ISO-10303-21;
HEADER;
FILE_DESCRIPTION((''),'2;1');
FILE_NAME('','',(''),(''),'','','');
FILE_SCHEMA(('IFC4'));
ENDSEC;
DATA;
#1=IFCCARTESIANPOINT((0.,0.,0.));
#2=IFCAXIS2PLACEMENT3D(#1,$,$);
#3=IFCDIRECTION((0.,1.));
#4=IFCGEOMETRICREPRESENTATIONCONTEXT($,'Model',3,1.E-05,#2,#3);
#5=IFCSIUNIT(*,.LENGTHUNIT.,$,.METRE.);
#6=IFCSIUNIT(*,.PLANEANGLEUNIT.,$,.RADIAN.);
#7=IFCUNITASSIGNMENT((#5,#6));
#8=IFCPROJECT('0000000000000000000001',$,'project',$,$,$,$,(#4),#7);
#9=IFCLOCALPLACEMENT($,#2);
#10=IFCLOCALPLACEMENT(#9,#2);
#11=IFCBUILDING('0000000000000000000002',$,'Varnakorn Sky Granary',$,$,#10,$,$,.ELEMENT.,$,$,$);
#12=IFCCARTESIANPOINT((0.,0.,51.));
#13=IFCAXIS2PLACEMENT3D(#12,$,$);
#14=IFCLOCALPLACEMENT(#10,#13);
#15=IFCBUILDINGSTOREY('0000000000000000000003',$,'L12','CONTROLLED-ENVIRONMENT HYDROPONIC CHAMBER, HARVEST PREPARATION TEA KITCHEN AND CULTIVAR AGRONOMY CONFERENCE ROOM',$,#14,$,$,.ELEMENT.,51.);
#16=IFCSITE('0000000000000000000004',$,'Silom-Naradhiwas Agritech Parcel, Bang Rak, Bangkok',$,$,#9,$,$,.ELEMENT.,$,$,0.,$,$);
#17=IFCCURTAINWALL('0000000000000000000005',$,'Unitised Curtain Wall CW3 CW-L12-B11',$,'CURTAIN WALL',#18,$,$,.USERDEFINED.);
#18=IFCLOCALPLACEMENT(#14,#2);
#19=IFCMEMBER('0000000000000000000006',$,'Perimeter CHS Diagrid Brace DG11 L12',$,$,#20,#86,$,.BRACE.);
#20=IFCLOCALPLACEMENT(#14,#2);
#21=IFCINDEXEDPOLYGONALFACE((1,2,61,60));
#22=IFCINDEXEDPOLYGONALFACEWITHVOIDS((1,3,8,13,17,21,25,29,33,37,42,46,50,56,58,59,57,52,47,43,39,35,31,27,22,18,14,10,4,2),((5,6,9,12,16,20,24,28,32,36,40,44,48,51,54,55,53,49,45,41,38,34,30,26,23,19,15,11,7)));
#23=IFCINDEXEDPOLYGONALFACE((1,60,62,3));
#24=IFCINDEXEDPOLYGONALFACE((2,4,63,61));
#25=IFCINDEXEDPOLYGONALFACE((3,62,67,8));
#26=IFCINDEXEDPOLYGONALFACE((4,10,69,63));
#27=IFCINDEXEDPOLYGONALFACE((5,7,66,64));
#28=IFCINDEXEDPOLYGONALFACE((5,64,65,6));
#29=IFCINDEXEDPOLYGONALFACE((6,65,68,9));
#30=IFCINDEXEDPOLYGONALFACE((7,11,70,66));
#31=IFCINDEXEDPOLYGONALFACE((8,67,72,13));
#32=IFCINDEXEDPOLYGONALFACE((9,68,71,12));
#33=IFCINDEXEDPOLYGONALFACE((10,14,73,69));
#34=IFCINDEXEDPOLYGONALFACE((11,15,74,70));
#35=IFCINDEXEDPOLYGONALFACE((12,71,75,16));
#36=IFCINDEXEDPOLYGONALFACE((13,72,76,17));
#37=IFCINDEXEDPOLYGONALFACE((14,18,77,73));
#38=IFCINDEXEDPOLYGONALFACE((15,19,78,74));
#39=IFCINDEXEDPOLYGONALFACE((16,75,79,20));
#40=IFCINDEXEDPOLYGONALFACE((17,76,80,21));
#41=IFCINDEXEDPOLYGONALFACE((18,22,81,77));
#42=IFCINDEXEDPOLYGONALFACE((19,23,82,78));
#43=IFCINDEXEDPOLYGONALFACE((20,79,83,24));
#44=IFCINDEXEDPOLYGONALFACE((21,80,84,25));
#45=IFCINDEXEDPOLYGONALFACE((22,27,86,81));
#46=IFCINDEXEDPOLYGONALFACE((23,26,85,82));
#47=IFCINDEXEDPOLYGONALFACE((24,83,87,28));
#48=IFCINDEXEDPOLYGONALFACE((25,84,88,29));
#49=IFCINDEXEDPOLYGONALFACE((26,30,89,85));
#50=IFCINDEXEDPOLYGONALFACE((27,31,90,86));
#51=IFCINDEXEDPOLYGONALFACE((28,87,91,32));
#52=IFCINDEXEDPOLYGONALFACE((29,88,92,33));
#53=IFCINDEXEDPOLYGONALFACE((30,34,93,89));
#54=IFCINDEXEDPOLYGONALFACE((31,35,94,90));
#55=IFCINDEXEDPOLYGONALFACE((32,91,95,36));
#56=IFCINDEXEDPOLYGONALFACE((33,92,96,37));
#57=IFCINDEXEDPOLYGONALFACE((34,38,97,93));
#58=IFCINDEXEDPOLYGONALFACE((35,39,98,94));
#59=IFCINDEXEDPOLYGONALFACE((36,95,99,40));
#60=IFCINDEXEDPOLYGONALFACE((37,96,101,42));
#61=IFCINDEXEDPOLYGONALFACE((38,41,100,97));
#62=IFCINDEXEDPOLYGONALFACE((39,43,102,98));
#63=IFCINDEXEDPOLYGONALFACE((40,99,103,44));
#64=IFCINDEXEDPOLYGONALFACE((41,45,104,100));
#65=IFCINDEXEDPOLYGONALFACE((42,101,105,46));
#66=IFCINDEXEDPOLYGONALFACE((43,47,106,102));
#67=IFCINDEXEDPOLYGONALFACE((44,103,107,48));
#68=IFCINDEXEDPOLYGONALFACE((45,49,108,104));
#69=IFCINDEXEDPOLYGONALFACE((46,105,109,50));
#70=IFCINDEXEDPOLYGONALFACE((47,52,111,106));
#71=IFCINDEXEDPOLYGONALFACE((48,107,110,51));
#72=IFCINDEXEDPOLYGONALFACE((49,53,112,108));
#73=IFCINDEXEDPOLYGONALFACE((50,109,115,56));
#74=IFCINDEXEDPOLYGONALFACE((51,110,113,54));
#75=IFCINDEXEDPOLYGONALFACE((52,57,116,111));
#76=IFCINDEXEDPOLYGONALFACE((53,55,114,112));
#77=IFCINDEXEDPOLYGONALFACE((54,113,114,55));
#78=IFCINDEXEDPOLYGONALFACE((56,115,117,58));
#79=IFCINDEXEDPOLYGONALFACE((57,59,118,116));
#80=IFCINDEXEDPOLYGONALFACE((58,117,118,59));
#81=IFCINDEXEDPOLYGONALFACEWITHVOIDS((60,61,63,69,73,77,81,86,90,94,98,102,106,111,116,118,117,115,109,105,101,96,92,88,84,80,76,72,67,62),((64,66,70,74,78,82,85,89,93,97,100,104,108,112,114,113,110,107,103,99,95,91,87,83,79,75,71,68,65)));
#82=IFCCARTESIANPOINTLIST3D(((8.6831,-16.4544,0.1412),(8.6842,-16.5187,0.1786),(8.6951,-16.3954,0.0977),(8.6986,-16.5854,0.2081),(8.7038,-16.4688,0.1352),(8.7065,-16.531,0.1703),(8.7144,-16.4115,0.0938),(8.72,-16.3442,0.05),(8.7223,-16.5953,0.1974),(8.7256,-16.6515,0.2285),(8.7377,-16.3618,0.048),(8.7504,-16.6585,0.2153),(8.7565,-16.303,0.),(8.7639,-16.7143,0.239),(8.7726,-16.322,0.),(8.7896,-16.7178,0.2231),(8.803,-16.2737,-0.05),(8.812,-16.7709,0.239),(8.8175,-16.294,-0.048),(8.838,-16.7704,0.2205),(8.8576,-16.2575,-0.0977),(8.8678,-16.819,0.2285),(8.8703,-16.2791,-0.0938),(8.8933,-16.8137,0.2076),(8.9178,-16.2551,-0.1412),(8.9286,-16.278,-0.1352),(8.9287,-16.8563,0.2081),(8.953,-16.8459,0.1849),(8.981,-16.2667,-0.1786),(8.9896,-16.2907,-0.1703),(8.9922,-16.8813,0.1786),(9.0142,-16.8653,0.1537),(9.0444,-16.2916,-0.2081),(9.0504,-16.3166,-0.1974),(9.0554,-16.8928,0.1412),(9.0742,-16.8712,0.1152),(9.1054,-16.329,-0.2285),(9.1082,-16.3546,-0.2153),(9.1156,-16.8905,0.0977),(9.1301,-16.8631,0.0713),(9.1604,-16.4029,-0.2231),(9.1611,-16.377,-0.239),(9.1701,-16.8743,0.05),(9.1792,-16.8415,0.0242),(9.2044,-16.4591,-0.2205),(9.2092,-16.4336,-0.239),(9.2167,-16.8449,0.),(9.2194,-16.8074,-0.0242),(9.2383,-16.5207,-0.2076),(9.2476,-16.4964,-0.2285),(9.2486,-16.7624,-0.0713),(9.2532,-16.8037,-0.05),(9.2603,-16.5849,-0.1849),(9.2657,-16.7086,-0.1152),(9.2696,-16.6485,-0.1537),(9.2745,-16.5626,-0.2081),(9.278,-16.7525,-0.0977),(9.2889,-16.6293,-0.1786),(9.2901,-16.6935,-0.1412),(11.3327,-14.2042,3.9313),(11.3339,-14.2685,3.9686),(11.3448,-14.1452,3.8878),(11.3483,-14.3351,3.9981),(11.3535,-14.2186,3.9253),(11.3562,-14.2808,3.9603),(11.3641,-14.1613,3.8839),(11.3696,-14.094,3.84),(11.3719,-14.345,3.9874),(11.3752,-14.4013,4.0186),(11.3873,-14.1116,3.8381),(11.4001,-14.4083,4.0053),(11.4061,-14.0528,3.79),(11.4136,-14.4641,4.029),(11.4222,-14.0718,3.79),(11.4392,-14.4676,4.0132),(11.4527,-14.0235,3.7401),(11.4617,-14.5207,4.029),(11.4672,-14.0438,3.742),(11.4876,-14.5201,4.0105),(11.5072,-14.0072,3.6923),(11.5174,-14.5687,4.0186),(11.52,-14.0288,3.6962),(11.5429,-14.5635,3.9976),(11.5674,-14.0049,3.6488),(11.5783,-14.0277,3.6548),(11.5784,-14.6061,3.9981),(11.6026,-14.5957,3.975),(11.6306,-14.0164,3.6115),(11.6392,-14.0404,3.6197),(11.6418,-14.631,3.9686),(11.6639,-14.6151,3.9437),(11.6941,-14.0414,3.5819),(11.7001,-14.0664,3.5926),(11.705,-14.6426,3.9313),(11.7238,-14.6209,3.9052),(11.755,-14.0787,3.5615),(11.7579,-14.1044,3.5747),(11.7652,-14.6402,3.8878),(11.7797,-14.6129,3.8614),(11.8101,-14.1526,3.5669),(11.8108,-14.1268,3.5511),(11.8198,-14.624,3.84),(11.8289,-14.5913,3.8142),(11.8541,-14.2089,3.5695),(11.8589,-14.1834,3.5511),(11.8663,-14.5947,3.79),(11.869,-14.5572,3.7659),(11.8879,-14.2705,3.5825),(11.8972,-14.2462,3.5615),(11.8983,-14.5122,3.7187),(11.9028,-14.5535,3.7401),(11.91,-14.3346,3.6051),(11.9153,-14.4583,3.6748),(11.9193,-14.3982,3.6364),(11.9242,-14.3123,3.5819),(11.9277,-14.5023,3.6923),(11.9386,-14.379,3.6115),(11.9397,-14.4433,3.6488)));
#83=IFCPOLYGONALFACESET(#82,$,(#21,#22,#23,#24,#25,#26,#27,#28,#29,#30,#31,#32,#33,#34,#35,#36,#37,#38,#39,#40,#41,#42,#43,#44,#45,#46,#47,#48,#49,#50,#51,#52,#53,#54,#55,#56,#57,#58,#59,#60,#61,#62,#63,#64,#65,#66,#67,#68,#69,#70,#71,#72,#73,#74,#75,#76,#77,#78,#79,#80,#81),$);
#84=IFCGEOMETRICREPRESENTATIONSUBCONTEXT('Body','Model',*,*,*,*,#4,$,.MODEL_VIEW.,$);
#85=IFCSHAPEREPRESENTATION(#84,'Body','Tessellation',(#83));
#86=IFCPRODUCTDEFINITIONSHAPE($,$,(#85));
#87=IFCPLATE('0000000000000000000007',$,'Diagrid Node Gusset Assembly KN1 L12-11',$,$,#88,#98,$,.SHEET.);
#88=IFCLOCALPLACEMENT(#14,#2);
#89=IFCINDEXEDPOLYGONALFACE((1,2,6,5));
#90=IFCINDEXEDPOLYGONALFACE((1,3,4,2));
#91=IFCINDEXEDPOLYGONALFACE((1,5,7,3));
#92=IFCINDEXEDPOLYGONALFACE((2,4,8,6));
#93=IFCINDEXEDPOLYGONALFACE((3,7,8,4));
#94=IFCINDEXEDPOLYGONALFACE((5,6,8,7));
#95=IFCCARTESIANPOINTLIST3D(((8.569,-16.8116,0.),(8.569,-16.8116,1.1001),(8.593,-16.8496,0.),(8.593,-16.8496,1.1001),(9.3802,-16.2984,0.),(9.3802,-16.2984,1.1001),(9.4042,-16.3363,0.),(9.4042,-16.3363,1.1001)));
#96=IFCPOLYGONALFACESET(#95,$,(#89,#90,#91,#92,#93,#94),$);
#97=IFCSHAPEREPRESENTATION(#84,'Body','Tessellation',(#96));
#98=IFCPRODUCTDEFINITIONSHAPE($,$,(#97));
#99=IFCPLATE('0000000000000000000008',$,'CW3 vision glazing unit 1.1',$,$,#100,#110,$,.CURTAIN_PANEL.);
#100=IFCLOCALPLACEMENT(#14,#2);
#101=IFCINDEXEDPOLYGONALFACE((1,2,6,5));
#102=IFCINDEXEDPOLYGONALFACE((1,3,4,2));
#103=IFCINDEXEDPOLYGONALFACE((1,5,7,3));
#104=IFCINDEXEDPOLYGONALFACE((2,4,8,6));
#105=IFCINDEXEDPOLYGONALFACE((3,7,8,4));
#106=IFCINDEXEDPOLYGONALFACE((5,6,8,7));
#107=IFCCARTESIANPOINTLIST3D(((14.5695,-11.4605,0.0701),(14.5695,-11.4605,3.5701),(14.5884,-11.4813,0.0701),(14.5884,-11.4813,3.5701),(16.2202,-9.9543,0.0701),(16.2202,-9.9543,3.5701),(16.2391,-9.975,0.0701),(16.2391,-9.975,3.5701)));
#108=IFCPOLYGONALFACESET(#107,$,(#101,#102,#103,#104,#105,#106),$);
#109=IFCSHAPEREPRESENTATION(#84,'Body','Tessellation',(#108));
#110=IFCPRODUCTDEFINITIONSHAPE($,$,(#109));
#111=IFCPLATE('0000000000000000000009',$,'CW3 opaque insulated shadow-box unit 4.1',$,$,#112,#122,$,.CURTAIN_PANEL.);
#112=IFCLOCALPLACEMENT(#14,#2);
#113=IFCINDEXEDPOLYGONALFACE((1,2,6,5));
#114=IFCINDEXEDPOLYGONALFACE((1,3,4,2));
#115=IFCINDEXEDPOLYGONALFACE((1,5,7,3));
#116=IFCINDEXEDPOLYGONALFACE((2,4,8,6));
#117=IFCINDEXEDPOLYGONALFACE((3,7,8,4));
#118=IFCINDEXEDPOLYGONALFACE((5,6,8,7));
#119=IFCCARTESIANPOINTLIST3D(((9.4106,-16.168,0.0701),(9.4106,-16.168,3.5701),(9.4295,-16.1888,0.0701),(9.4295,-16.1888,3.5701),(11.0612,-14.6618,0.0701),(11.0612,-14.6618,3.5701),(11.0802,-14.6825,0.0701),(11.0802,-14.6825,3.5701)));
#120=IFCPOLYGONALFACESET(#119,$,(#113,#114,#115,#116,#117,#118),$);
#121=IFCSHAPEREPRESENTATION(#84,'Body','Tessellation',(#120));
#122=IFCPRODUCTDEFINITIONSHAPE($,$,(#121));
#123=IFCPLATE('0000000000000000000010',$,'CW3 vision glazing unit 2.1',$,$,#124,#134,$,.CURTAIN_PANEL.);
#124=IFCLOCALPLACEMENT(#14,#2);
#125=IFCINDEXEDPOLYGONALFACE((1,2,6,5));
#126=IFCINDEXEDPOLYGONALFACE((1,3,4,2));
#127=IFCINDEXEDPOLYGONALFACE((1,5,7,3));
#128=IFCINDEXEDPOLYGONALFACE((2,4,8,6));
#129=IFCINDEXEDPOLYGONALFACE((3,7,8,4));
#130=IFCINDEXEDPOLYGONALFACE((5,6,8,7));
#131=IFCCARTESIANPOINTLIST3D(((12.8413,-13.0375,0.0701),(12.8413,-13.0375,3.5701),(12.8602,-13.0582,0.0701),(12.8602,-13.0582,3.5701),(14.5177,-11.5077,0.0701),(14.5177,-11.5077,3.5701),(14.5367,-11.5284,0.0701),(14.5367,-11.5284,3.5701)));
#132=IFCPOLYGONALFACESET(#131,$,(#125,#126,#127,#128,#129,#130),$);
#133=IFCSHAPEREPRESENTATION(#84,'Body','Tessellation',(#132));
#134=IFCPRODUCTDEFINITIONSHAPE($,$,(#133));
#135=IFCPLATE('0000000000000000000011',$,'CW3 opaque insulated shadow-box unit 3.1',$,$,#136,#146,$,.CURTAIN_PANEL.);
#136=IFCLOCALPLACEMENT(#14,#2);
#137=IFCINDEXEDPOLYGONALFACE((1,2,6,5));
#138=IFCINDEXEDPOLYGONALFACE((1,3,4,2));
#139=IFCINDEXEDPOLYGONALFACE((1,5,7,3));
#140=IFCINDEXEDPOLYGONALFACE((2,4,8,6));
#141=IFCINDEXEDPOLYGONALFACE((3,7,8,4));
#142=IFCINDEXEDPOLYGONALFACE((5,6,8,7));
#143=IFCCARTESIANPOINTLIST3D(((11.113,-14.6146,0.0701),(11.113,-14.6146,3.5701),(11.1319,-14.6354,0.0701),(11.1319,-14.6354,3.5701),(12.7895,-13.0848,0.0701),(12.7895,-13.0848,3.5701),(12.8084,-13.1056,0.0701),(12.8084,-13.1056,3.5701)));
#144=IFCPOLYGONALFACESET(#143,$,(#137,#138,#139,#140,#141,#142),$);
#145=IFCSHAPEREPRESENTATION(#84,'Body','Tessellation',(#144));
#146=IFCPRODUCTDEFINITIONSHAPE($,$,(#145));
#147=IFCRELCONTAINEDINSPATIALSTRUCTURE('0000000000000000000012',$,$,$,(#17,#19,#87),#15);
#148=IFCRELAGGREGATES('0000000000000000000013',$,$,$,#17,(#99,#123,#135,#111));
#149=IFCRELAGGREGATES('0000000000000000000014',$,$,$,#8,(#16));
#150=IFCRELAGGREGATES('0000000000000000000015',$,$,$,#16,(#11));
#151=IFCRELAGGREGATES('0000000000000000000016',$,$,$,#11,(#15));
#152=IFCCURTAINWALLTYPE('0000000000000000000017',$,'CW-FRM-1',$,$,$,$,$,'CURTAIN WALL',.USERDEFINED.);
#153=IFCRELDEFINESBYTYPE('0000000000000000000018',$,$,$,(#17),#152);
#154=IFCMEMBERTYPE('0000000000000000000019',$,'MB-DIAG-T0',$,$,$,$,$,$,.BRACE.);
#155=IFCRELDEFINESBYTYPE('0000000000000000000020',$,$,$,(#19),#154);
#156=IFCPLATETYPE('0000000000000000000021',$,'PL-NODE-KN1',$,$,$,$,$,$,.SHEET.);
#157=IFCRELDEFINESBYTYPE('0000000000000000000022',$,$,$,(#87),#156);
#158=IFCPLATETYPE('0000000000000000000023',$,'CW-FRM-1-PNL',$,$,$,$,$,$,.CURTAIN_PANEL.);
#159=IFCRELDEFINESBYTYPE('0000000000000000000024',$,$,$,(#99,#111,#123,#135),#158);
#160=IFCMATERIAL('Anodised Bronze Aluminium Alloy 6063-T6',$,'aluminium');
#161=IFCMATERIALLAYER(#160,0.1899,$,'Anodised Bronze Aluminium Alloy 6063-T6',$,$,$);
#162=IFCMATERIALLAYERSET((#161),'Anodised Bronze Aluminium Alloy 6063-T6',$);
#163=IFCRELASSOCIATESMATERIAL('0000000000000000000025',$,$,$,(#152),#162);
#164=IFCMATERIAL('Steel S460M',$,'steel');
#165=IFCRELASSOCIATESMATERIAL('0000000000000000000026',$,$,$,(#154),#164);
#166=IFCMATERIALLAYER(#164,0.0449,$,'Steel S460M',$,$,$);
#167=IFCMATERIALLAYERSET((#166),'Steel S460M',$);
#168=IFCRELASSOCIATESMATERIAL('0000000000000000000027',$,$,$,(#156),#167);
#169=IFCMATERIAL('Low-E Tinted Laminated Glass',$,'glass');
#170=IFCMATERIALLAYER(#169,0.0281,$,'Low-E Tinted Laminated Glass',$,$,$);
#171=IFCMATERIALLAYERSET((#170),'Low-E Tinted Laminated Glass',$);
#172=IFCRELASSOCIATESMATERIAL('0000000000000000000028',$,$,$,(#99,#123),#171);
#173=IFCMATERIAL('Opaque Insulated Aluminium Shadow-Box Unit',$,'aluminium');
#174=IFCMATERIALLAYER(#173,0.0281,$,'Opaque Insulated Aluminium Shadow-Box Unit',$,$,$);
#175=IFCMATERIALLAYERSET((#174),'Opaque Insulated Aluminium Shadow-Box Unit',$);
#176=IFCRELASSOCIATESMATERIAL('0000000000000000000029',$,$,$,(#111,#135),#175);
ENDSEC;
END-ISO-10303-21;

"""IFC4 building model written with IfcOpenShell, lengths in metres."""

from ifc_helpers import new_model, si_unit, direction, frame, origin, origin_2d, place, context, subcontext, project, spatial, rectangle, hollow_circle, extrude, source, transform, mapped, material, layer, layer_set, material_profile, profile_set, type_object, type_shapes, element, aggregate, save


model = new_model("IFC4")

# Units and contexts
model_context = context("Model", 3, precision=1e-05, world=origin(), true_north=direction((0.0, 1.0)))
body_context = subcontext(model_context, "Body", "Model", "MODEL_VIEW")
ifc_project = project(units=[si_unit("LENGTHUNIT", "METRE"), si_unit("PLANEANGLEUNIT", "RADIAN")], contexts=[model_context])

# Site, building, storey
site_placement = place(None, origin())
site = spatial("IfcSite", under=ifc_project, at=site_placement, Name="Silom-Naradhiwas Agritech Parcel, Bang Rak, Bangkok", CompositionType="ELEMENT", RefElevation=0.0)
building_placement = place(site_placement, origin())
building = spatial("IfcBuilding", under=site, at=building_placement, Name="Varnakorn Sky Granary", CompositionType="ELEMENT")
storey_placement = place(building_placement, frame((0.0, 0.0, 51.0)))
storey = spatial("IfcBuildingStorey", under=building, at=storey_placement, Name="L12", Description="CONTROLLED-ENVIRONMENT HYDROPONIC CHAMBER, HARVEST PREPARATION TEA KITCHEN AND CULTIVAR AGRONOMY CONFERENCE ROOM", CompositionType="ELEMENT", Elevation=51.0)

# Curtain wall
ifc_material_1 = material(Name="Anodised Bronze Aluminium Alloy 6063-T6", Category="aluminium")
ifc_layer_1 = layer(ifc_material_1, 0.1899, Name="Anodised Bronze Aluminium Alloy 6063-T6")
ifc_layer_set_1 = layer_set([ifc_layer_1], Name="Anodised Bronze Aluminium Alloy 6063-T6")
curtain_wall_type = type_object("IfcCurtainWallType", Name="CW-FRM-1", ElementType="CURTAIN WALL", PredefinedType="USERDEFINED", material=ifc_layer_set_1)
curtain_wall_placement = place(storey_placement, origin())
curtain_wall = element("IfcCurtainWall", 1, at=curtain_wall_placement, inside=storey, type_object=curtain_wall_type, Name="Unitised Curtain Wall CW3 CW-L12-B11", ObjectType="CURTAIN WALL", PredefinedType="USERDEFINED")

# Member
ifc_material_2 = material(Name="Steel S460M", Category="steel")
ifc_material_profile_1 = material_profile(ifc_material_2, hollow_circle(Radius=0.3555, WallThickness=0.0249, at=origin_2d()), Name="CHS 711x25")
ifc_profile_set_1 = profile_set([ifc_material_profile_1], Name="Steel S460M")
member_type_1 = type_object("IfcMemberType", Name="MB-DIAG-T0", PredefinedType="BRACE", material=ifc_profile_set_1)
member_1_placement = place(storey_placement, frame((8.9866, -16.574, 0.0), z_axis=(0.515214, 0.43755, 0.736956), x_axis=(-0.64732, 0.762218, 0.0)))
element("IfcMember", 2, at=member_1_placement, inside=storey, type_object=member_type_1, Name="Perimeter CHS Diagrid Brace DG11 L12", PredefinedType="BRACE", context=body_context, shape_type="SweptSolid", body=[
    extrude(hollow_circle(Radius=0.3555, WallThickness=0.0249, at=origin_2d()), origin(), (0.0, 0.0, 1.0), 5.1428),
])

# Plates
ifc_layer_2 = layer(ifc_material_2, 0.0449, Name="Steel S460M")
ifc_layer_set_2 = layer_set([ifc_layer_2], Name="Steel S460M")
plate_type_1 = type_object("IfcPlateType", Name="PL-NODE-KN1", PredefinedType="SHEET", material=ifc_layer_set_2)
plate_1_placement = place(storey_placement, frame((8.9866, -16.574, 0.0), z_axis=(0.0, 0.0, 1.0), x_axis=(0.845058, 0.534675, 0.0)))
element("IfcPlate", 3, at=plate_1_placement, inside=storey, type_object=plate_type_1, Name="Diagrid Node Gusset Assembly KN1 L12-11", PredefinedType="SHEET", context=body_context, shape_type="SweptSolid", body=[
    extrude(rectangle(XDim=0.96, YDim=0.0449, at=origin_2d()), origin(), (0.0, 0.0, 1.0), 1.1001),
])
ifc_material_3 = material(Name="Low-E Tinted Laminated Glass", Category="glass")
ifc_layer_3 = layer(ifc_material_3, 0.0281, Name="Low-E Tinted Laminated Glass")
ifc_layer_set_3 = layer_set([ifc_layer_3], Name="Low-E Tinted Laminated Glass")
plate_type_2 = type_object("IfcPlateType", Name="CW-FRM-1-PNL", PredefinedType="CURTAIN_PANEL")
shared_shape_1 = source(origin(), body_context, "Body", "SweptSolid", [
    extrude(rectangle(XDim=2.2346, YDim=0.0281, at=origin_2d()), origin(), (0.0, 0.0, 1.0), 3.5),
])
plate_2_placement = place(storey_placement, frame((15.4043, -10.7178, 0.0701), z_axis=(0.0, 0.0, 1.0), x_axis=(-0.738686, -0.674049, 0.0)))
plate_2 = element("IfcPlate", 4, at=plate_2_placement, type_object=plate_type_2, material=ifc_layer_set_3, Name="CW3 vision glazing unit 1.1", PredefinedType="CURTAIN_PANEL", context=body_context, shape_type="MappedRepresentation", body=[
    mapped(shared_shape_1, transform((0.0, 0.0, 0.0), x_axis=(1.0, 0.0, 0.0), y_axis=(0.0, 1.0, 0.0), z_axis=(0.0, 0.0, 1.0), scale=1.0)),
])
ifc_material_4 = material(Name="Opaque Insulated Aluminium Shadow-Box Unit", Category="aluminium")
ifc_layer_4 = layer(ifc_material_4, 0.0281, Name="Opaque Insulated Aluminium Shadow-Box Unit")
ifc_layer_set_4 = layer_set([ifc_layer_4], Name="Opaque Insulated Aluminium Shadow-Box Unit")
plate_3_placement = place(storey_placement, frame((10.2454, -15.4253, 0.0701), z_axis=(0.0, 0.0, 1.0), x_axis=(-0.738686, -0.674049, 0.0)))
plate_3 = element("IfcPlate", 5, at=plate_3_placement, type_object=plate_type_2, material=ifc_layer_set_4, Name="CW3 opaque insulated shadow-box unit 4.1", PredefinedType="CURTAIN_PANEL", context=body_context, shape_type="MappedRepresentation", body=[
    mapped(shared_shape_1, transform((0.0, 0.0, 0.0), x_axis=(1.0, 0.0, 0.0), y_axis=(0.0, 1.0, 0.0), z_axis=(0.0, 0.0, 1.0), scale=1.0)),
])
shared_shape_2 = source(origin(), body_context, "Body", "SweptSolid", [
    extrude(rectangle(XDim=2.2695, YDim=0.0281, at=origin_2d()), origin(), (0.0, 0.0, 1.0), 3.5),
])
type_shapes(plate_type_2, [shared_shape_1, shared_shape_2])
plate_4_placement = place(storey_placement, frame((13.689, -12.283, 0.0701), z_axis=(0.0, 0.0, 1.0), x_axis=(-0.738686, -0.674049, 0.0)))
plate_4 = element("IfcPlate", 6, at=plate_4_placement, type_object=plate_type_2, material=ifc_layer_set_3, Name="CW3 vision glazing unit 2.1", PredefinedType="CURTAIN_PANEL", context=body_context, shape_type="MappedRepresentation", body=[
    mapped(shared_shape_2, transform((0.0, 0.0, 0.0), x_axis=(1.0, 0.0, 0.0), y_axis=(0.0, 1.0, 0.0), z_axis=(0.0, 0.0, 1.0), scale=1.0)),
])
plate_5_placement = place(storey_placement, frame((11.9607, -13.8601, 0.0701), z_axis=(0.0, 0.0, 1.0), x_axis=(-0.738686, -0.674049, 0.0)))
plate_5 = element("IfcPlate", 7, at=plate_5_placement, type_object=plate_type_2, material=ifc_layer_set_4, Name="CW3 opaque insulated shadow-box unit 3.1", PredefinedType="CURTAIN_PANEL", context=body_context, shape_type="MappedRepresentation", body=[
    mapped(shared_shape_2, transform((0.0, 0.0, 0.0), x_axis=(1.0, 0.0, 0.0), y_axis=(0.0, 1.0, 0.0), z_axis=(0.0, 0.0, 1.0), scale=1.0)),
])
aggregate(curtain_wall, [plate_2, plate_4, plate_5, plate_3])

save(model, "model.ifc")
